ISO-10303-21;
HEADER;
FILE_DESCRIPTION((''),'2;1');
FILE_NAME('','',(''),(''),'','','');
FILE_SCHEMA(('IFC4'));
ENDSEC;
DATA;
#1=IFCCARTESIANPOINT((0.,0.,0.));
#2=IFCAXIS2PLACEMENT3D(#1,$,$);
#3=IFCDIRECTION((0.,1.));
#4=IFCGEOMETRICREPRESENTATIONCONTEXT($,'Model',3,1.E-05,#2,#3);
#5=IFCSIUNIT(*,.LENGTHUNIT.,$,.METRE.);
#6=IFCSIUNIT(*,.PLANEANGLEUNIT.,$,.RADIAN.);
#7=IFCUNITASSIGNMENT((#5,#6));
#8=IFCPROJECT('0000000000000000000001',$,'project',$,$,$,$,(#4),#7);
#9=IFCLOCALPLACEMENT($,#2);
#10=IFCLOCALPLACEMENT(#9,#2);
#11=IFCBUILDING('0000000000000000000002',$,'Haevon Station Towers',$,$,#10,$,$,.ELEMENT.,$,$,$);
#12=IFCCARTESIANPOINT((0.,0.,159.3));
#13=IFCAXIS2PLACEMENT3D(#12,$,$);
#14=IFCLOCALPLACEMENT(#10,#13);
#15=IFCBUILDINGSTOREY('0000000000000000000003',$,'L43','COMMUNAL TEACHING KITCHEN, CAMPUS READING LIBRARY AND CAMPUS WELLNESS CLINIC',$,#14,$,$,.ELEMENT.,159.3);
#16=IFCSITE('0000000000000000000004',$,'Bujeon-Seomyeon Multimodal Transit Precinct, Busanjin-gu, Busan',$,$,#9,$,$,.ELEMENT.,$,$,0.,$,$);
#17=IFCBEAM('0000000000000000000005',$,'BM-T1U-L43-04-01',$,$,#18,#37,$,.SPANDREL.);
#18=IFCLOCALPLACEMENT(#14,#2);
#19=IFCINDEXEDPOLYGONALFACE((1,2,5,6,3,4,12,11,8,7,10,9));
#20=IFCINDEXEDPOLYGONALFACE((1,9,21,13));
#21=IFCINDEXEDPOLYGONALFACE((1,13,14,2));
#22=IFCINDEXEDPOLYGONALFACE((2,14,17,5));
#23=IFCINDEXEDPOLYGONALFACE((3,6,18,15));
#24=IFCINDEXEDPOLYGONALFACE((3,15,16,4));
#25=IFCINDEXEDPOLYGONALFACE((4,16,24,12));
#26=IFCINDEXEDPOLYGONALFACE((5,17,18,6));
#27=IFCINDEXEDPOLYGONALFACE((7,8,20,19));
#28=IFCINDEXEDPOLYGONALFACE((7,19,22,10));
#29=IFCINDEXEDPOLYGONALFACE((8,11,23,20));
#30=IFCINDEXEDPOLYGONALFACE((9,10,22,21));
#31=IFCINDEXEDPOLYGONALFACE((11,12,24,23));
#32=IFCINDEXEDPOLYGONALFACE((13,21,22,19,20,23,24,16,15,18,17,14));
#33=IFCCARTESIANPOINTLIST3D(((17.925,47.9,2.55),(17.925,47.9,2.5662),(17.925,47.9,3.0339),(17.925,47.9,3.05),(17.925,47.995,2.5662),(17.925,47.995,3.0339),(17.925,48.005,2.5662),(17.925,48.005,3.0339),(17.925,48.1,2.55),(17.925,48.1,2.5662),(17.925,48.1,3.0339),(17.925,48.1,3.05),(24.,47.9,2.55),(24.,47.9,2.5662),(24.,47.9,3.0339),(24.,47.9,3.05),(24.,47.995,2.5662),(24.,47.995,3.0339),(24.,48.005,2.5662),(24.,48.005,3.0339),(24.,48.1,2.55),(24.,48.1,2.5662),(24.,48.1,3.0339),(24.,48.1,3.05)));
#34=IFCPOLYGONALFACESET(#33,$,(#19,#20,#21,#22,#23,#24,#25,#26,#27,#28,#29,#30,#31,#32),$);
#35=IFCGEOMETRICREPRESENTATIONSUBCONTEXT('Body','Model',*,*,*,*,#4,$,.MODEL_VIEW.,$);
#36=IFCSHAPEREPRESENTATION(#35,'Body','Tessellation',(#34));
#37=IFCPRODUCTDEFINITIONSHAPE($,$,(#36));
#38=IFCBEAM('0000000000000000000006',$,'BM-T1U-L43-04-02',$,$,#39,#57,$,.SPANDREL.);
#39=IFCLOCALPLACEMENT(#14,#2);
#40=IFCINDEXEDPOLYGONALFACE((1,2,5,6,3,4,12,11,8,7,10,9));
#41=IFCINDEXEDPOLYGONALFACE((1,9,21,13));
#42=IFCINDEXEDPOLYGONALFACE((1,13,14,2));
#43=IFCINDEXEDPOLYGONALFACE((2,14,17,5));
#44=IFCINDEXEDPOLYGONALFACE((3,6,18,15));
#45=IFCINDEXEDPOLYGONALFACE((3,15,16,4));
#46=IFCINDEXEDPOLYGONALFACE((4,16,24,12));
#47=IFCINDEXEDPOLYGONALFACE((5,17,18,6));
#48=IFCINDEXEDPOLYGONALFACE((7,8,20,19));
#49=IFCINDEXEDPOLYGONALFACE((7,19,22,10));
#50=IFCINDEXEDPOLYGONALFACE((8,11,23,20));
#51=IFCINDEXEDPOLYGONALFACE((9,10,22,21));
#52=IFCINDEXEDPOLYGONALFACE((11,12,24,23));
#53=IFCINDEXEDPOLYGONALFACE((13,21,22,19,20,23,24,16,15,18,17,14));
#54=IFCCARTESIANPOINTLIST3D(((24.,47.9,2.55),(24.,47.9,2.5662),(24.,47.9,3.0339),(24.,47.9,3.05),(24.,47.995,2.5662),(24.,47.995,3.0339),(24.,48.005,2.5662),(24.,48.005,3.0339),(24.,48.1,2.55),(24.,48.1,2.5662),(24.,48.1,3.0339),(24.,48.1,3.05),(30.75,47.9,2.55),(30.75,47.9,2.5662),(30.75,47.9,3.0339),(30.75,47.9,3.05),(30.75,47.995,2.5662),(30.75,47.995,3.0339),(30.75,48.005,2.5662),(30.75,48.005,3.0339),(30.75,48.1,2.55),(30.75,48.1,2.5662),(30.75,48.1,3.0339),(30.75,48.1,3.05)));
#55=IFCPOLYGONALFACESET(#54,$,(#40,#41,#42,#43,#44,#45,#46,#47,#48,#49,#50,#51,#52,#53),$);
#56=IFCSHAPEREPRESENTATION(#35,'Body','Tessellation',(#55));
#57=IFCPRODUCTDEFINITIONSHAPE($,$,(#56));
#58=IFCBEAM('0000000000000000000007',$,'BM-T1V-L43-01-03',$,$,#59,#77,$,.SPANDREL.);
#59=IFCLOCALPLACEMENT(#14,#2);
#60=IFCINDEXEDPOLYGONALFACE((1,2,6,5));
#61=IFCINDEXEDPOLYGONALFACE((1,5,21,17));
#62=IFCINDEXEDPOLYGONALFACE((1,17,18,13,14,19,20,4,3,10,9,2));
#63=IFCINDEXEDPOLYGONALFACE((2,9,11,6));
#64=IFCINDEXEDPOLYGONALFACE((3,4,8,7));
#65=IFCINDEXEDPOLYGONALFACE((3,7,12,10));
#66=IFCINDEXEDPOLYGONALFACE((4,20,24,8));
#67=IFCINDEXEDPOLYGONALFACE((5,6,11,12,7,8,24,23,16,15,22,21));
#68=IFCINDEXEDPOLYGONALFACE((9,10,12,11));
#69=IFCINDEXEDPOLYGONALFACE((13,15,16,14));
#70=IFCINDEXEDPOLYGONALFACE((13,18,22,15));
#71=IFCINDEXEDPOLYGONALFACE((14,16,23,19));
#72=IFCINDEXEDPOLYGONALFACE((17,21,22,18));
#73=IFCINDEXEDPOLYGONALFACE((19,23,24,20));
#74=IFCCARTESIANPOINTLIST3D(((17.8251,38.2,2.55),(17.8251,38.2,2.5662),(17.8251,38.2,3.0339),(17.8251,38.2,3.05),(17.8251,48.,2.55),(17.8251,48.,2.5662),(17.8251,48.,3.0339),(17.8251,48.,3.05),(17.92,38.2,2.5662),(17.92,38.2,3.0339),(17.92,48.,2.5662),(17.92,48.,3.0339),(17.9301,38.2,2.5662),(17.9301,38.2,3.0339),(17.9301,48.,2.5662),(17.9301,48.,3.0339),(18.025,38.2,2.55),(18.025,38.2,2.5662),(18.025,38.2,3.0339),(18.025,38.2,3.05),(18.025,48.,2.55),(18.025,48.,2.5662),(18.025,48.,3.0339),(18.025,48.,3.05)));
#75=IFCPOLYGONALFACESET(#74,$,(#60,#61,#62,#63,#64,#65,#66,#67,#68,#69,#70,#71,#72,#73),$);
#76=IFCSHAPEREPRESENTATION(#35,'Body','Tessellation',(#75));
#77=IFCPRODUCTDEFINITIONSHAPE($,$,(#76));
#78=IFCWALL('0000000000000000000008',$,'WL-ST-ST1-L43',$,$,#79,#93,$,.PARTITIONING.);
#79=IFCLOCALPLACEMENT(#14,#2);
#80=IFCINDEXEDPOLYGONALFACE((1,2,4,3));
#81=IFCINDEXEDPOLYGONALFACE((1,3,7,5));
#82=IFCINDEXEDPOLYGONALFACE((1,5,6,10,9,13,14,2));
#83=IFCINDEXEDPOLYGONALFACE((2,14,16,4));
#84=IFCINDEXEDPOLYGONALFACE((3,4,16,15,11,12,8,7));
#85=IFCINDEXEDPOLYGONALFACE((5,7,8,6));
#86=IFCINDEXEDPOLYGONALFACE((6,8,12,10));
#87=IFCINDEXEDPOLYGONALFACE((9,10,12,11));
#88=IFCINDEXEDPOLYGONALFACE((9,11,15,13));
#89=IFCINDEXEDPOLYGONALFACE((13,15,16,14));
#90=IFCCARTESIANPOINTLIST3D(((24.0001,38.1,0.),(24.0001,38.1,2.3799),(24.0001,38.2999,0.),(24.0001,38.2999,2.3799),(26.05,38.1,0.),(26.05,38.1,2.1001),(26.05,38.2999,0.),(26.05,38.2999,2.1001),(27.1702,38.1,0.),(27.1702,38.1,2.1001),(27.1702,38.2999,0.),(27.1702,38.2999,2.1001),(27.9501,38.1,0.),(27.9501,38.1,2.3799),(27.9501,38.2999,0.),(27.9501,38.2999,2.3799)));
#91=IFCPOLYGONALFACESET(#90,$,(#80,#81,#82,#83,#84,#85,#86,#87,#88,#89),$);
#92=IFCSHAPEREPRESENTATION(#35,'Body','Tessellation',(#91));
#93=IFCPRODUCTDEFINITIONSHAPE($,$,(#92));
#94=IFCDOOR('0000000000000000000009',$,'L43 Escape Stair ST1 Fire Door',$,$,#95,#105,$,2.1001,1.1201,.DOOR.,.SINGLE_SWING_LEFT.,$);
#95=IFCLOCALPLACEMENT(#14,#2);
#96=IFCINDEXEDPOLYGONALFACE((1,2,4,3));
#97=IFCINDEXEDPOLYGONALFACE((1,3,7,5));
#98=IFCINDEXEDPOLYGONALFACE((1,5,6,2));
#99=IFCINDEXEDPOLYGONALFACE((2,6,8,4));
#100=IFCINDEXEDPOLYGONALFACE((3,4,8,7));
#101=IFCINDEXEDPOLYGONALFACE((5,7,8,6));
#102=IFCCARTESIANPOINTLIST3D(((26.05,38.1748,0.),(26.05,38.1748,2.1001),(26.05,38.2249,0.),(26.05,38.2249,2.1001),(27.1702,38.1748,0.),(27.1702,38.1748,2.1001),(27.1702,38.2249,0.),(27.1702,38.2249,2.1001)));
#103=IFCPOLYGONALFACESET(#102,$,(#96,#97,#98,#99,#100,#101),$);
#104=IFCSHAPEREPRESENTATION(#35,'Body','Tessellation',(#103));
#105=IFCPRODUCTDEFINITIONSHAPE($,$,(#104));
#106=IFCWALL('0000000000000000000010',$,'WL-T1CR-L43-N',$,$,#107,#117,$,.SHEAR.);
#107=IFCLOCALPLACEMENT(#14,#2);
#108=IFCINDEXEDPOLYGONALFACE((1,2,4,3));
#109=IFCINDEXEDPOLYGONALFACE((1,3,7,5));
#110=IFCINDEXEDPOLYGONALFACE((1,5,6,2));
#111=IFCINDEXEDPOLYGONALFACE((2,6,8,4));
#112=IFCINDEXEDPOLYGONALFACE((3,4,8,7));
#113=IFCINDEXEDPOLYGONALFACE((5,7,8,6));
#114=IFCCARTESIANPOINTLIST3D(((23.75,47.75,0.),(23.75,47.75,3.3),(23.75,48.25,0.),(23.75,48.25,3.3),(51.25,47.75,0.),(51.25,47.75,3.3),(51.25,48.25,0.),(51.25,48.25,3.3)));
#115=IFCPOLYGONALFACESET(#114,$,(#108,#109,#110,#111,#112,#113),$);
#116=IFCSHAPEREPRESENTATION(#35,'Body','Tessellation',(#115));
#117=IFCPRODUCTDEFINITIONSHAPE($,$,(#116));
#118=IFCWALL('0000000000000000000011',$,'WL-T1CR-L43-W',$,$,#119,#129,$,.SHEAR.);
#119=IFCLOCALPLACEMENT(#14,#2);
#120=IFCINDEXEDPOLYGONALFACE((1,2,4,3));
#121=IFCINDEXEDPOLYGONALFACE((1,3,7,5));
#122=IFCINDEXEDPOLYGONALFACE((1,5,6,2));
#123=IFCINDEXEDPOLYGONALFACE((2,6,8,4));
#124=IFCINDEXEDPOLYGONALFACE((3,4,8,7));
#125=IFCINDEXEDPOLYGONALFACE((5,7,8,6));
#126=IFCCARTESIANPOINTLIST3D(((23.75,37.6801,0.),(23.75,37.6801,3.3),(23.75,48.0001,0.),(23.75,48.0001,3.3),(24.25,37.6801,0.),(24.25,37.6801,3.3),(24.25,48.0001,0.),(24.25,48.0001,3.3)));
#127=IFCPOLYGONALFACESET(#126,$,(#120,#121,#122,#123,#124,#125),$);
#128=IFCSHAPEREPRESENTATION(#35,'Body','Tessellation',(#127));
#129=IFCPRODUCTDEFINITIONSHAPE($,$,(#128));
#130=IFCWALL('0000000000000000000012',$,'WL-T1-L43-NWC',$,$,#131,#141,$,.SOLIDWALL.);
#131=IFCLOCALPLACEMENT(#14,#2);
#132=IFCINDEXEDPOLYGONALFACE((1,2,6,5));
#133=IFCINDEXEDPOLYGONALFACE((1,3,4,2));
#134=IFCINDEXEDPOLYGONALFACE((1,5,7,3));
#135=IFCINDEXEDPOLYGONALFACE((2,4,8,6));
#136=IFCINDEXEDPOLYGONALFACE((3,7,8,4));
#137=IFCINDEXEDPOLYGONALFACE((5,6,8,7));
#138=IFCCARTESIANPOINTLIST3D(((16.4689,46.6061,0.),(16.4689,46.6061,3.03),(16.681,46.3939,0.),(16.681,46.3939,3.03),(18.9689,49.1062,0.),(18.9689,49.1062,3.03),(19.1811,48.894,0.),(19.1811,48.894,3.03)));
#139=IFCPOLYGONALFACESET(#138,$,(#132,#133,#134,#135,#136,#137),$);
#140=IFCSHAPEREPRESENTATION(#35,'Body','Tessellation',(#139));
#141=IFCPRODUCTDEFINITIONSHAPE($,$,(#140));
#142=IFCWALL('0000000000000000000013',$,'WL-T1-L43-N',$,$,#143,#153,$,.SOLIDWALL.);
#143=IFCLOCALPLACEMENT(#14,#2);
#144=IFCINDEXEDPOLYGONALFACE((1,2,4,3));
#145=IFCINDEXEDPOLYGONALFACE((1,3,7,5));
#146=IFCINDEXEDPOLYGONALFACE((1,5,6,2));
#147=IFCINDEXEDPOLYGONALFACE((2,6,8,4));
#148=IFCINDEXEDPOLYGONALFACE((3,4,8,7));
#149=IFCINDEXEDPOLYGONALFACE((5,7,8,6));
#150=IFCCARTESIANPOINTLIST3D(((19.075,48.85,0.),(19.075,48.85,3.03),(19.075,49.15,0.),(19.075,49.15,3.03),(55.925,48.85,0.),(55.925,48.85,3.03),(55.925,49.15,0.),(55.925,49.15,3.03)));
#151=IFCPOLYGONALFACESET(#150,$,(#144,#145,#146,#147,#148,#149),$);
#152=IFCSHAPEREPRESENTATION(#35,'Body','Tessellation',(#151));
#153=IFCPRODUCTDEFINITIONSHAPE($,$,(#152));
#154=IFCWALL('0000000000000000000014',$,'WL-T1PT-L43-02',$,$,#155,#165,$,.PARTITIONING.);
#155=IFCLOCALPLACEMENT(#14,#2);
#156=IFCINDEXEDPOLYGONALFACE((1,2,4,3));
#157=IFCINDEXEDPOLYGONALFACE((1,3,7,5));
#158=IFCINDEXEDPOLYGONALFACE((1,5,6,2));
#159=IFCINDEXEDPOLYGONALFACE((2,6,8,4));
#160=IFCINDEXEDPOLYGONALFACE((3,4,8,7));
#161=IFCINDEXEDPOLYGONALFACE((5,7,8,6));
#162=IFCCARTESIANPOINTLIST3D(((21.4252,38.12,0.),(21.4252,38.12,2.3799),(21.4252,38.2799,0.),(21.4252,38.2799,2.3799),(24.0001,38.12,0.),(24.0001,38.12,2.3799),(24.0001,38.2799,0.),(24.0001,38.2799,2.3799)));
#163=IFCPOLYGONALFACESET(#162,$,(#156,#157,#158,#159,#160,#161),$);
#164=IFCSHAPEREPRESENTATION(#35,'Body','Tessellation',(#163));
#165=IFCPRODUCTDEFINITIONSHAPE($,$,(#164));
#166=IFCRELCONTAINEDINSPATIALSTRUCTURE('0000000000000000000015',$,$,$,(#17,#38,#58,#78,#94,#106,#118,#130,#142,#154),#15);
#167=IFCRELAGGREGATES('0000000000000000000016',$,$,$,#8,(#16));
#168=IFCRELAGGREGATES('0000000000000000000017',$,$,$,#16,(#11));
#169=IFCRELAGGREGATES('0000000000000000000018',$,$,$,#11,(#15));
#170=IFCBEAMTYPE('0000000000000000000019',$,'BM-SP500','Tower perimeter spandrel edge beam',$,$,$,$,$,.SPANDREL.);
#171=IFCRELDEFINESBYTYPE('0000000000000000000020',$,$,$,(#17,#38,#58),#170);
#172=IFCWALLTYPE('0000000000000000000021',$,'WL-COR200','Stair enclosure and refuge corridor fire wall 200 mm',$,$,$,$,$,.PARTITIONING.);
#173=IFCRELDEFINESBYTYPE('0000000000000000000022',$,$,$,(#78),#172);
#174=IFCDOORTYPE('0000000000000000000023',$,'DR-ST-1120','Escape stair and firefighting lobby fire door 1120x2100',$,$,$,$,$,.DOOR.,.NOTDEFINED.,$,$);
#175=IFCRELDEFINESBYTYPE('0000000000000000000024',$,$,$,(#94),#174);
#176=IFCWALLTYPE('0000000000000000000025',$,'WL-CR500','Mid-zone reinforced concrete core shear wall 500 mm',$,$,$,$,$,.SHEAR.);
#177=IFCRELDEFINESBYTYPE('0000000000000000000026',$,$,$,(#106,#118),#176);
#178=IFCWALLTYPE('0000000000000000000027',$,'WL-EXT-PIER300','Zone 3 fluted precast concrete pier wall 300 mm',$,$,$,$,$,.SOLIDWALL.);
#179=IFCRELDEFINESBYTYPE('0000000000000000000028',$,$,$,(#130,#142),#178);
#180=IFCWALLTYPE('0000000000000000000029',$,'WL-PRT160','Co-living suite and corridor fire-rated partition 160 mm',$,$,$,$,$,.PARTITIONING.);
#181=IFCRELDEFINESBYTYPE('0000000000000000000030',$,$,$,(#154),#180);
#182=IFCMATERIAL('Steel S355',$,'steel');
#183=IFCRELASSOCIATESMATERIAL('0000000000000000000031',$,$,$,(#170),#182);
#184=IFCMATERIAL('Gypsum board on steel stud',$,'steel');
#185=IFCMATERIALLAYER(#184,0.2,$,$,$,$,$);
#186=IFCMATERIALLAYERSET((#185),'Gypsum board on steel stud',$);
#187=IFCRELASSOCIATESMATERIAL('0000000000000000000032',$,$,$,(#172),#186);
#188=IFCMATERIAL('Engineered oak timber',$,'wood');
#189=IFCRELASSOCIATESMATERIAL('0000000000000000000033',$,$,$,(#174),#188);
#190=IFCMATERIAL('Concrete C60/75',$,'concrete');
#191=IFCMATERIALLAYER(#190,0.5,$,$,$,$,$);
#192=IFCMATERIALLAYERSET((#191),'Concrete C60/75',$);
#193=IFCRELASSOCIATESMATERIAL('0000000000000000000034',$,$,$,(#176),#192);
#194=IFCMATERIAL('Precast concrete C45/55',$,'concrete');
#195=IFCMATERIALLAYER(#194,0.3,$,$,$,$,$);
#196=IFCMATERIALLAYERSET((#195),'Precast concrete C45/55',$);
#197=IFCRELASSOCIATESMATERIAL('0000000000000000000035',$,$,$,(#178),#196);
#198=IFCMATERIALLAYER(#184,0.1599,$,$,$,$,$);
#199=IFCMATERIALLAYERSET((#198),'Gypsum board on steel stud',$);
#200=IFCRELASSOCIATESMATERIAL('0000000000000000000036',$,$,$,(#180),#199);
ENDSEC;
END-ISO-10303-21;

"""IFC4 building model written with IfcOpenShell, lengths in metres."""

from ifc_helpers import new_model, si_unit, direction, frame, frame_2d, origin, origin_2d, place, context, subcontext, project, spatial, rectangle, i_section, extrude, material, layer, layer_set, material_profile, profile_set, type_object, element, fill, save


model = new_model("IFC4")

# Units and contexts
model_context = context("Model", 3, precision=1e-05, world=origin(), true_north=direction((0.0, 1.0)))
body_context = subcontext(model_context, "Body", "Model", "MODEL_VIEW")
ifc_project = project(units=[si_unit("LENGTHUNIT", "METRE"), si_unit("PLANEANGLEUNIT", "RADIAN")], contexts=[model_context])

# Site, building, storey
site_placement = place(None, origin())
site = spatial("IfcSite", under=ifc_project, at=site_placement, Name="Bujeon-Seomyeon Multimodal Transit Precinct, Busanjin-gu, Busan", CompositionType="ELEMENT", RefElevation=0.0)
building_placement = place(site_placement, origin())
building = spatial("IfcBuilding", under=site, at=building_placement, Name="Haevon Station Towers", CompositionType="ELEMENT")
storey_placement = place(building_placement, frame((0.0, 0.0, 159.3)))
storey = spatial("IfcBuildingStorey", under=building, at=storey_placement, Name="L43", Description="COMMUNAL TEACHING KITCHEN, CAMPUS READING LIBRARY AND CAMPUS WELLNESS CLINIC", CompositionType="ELEMENT", Elevation=159.3)

# Shared definitions
ifc_material_1 = material(Name="Steel S355", Category="steel")

# Beams
ifc_material_profile_1 = material_profile(ifc_material_1, i_section(OverallWidth=0.2, OverallDepth=0.5, WebThickness=0.01, FlangeThickness=0.0161, at=origin_2d()), Name="H-500x200x10x16")
ifc_profile_set_1 = profile_set([ifc_material_profile_1], Name="Steel S355")
beam_type_1 = type_object("IfcBeamType", Name="BM-SP500", Description="Tower perimeter spandrel edge beam", PredefinedType="SPANDREL", material=ifc_profile_set_1)
beam_1_placement = place(storey_placement, frame((17.925, 48.0, 2.8), z_axis=(1.0, 0.0, 0.0), x_axis=(0.0, 1.0, 0.0)))
element("IfcBeam", 1, at=beam_1_placement, inside=storey, type_object=beam_type_1, Name="BM-T1U-L43-04-01", PredefinedType="SPANDREL", context=body_context, shape_type="SweptSolid", body=[
    extrude(i_section(OverallWidth=0.2, OverallDepth=0.5, WebThickness=0.01, FlangeThickness=0.0161, at=origin_2d()), origin(), (0.0, 0.0, 1.0), 6.075),
])
beam_2_placement = place(storey_placement, frame((24.0, 48.0, 2.8), z_axis=(1.0, 0.0, 0.0), x_axis=(0.0, 1.0, 0.0)))
element("IfcBeam", 2, at=beam_2_placement, inside=storey, type_object=beam_type_1, Name="BM-T1U-L43-04-02", PredefinedType="SPANDREL", context=body_context, shape_type="SweptSolid", body=[
    extrude(i_section(OverallWidth=0.2, OverallDepth=0.5, WebThickness=0.01, FlangeThickness=0.0161, at=origin_2d()), origin(), (0.0, 0.0, 1.0), 6.75),
])
beam_3_placement = place(storey_placement, frame((17.925, 38.2, 2.8), z_axis=(0.0, 1.0, 0.0), x_axis=(-1.0, 0.0, 0.0)))
element("IfcBeam", 3, at=beam_3_placement, inside=storey, type_object=beam_type_1, Name="BM-T1V-L43-01-03", PredefinedType="SPANDREL", context=body_context, shape_type="SweptSolid", body=[
    extrude(i_section(OverallWidth=0.2, OverallDepth=0.5, WebThickness=0.01, FlangeThickness=0.0161, at=origin_2d()), origin(), (0.0, 0.0, 1.0), 9.8),
])

# Wall, opening, door
ifc_material_2 = material(Name="Gypsum board on steel stud", Category="steel")
ifc_layer_1 = layer(ifc_material_2, 0.2)
ifc_layer_set_1 = layer_set([ifc_layer_1], Name="Gypsum board on steel stud")
wall_type_1 = type_object("IfcWallType", Name="WL-COR200", Description="Stair enclosure and refuge corridor fire wall 200 mm", PredefinedType="PARTITIONING", material=ifc_layer_set_1)
wall_1_placement = place(storey_placement, frame((24.0, 38.2, 0.0), z_axis=(0.0, 0.0, 1.0), x_axis=(1.0, 0.0, 0.0)))
wall_1 = element("IfcWall", 4, at=wall_1_placement, inside=storey, type_object=wall_type_1, Name="WL-ST-ST1-L43", PredefinedType="PARTITIONING", context=body_context, shape_type="SweptSolid", body=[
    extrude(rectangle(XDim=3.95, YDim=0.2, at=frame_2d((1.9751, 0.0))), origin(), (0.0, 0.0, 1.0), 2.3799),
])
opening_1_placement = place(wall_1_placement, frame((2.05, 0.0, 0.0)))
opening_1 = element("IfcOpeningElement", 5, at=opening_1_placement, cuts=wall_1, PredefinedType="OPENING", context=body_context, shape_type="SweptSolid", body=[
    extrude(rectangle(XDim=1.1201, YDim=2.1001, at=frame_2d((0.5601, 1.05))), frame((0.0, 0.1099, 0.0), z_axis=(0.0, -1.0, 0.0), x_axis=(1.0, 0.0, 0.0)), (0.0, 0.0, 1.0), 0.22),
])
ifc_material_3 = material(Name="Engineered oak timber", Category="wood")
door_type_1 = type_object("IfcDoorType", Name="DR-ST-1120", Description="Escape stair and firefighting lobby fire door 1120x2100", OperationType="NOTDEFINED", PredefinedType="DOOR", material=ifc_material_3)
door_1_placement = place(opening_1_placement, origin())
door_1 = element("IfcDoor", 6, at=door_1_placement, inside=storey, type_object=door_type_1, Name="L43 Escape Stair ST1 Fire Door", OperationType="SINGLE_SWING_LEFT", OverallHeight=2.1001, OverallWidth=1.1201, PredefinedType="DOOR", context=body_context, shape_type="SweptSolid", body=[
    extrude(rectangle(XDim=1.1201, YDim=2.1001, at=frame_2d((0.5601, 1.05))), frame((0.0, 0.0249, 0.0), z_axis=(0.0, -1.0, 0.0), x_axis=(1.0, 0.0, 0.0)), (0.0, 0.0, 1.0), 0.05),
])
fill(opening_1, door_1)

# Walls
ifc_material_4 = material(Name="Concrete C60/75", Category="concrete")
ifc_layer_2 = layer(ifc_material_4, 0.5)
ifc_layer_set_2 = layer_set([ifc_layer_2], Name="Concrete C60/75")
wall_type_2 = type_object("IfcWallType", Name="WL-CR500", Description="Mid-zone reinforced concrete core shear wall 500 mm", PredefinedType="SHEAR", material=ifc_layer_set_2)
wall_2_placement = place(storey_placement, frame((23.75, 48.0, 0.0), z_axis=(0.0, 0.0, 1.0), x_axis=(1.0, 0.0, 0.0)))
element("IfcWall", 7, at=wall_2_placement, inside=storey, type_object=wall_type_2, Name="WL-T1CR-L43-N", PredefinedType="SHEAR", context=body_context, shape_type="SweptSolid", body=[
    extrude(rectangle(XDim=27.5, YDim=0.5, at=frame_2d((13.75, 0.0))), origin(), (0.0, 0.0, 1.0), 3.3),
])
wall_3_placement = place(storey_placement, frame((24.0, 37.6799, 0.0), z_axis=(0.0, 0.0, 1.0), x_axis=(0.0, 1.0, 0.0)))
element("IfcWall", 8, at=wall_3_placement, inside=storey, type_object=wall_type_2, Name="WL-T1CR-L43-W", PredefinedType="SHEAR", context=body_context, shape_type="SweptSolid", body=[
    extrude(rectangle(XDim=10.3201, YDim=0.5, at=frame_2d((5.1602, 0.0))), origin(), (0.0, 0.0, 1.0), 3.3),
])
ifc_material_5 = material(Name="Precast concrete C45/55", Category="concrete")
ifc_layer_3 = layer(ifc_material_5, 0.3)
ifc_layer_set_3 = layer_set([ifc_layer_3], Name="Precast concrete C45/55")
wall_type_3 = type_object("IfcWallType", Name="WL-EXT-PIER300", Description="Zone 3 fluted precast concrete pier wall 300 mm", PredefinedType="SOLIDWALL", material=ifc_layer_set_3)
wall_4_placement = place(storey_placement, frame((16.575, 46.5, 0.0), z_axis=(0.0, 0.0, 1.0), x_axis=(0.707107, 0.707107, 0.0)))
element("IfcWall", 9, at=wall_4_placement, inside=storey, type_object=wall_type_3, Name="WL-T1-L43-NWC", PredefinedType="SOLIDWALL", context=body_context, shape_type="SweptSolid", body=[
    extrude(rectangle(XDim=3.5356, YDim=0.3, at=frame_2d((1.7678, 0.0))), origin(), (0.0, 0.0, 1.0), 3.03),
])
wall_5_placement = place(storey_placement, frame((19.075, 49.0, 0.0), z_axis=(0.0, 0.0, 1.0), x_axis=(1.0, 0.0, 0.0)))
element("IfcWall", 10, at=wall_5_placement, inside=storey, type_object=wall_type_3, Name="WL-T1-L43-N", PredefinedType="SOLIDWALL", context=body_context, shape_type="SweptSolid", body=[
    extrude(rectangle(XDim=36.8501, YDim=0.3, at=frame_2d((18.425, 0.0))), origin(), (0.0, 0.0, 1.0), 3.03),
])
ifc_layer_4 = layer(ifc_material_2, 0.1599)
ifc_layer_set_4 = layer_set([ifc_layer_4], Name="Gypsum board on steel stud")
wall_type_4 = type_object("IfcWallType", Name="WL-PRT160", Description="Co-living suite and corridor fire-rated partition 160 mm", PredefinedType="PARTITIONING", material=ifc_layer_set_4)
wall_6_placement = place(storey_placement, frame((21.425, 38.2, 0.0), z_axis=(0.0, 0.0, 1.0), x_axis=(1.0, 0.0, 0.0)))
element("IfcWall", 11, at=wall_6_placement, inside=storey, type_object=wall_type_4, Name="WL-T1PT-L43-02", PredefinedType="PARTITIONING", context=body_context, shape_type="SweptSolid", body=[
    extrude(rectangle(XDim=2.575, YDim=0.1599, at=frame_2d((1.2876, 0.0))), origin(), (0.0, 0.0, 1.0), 2.3799),
])

save(model, "model.ifc")
